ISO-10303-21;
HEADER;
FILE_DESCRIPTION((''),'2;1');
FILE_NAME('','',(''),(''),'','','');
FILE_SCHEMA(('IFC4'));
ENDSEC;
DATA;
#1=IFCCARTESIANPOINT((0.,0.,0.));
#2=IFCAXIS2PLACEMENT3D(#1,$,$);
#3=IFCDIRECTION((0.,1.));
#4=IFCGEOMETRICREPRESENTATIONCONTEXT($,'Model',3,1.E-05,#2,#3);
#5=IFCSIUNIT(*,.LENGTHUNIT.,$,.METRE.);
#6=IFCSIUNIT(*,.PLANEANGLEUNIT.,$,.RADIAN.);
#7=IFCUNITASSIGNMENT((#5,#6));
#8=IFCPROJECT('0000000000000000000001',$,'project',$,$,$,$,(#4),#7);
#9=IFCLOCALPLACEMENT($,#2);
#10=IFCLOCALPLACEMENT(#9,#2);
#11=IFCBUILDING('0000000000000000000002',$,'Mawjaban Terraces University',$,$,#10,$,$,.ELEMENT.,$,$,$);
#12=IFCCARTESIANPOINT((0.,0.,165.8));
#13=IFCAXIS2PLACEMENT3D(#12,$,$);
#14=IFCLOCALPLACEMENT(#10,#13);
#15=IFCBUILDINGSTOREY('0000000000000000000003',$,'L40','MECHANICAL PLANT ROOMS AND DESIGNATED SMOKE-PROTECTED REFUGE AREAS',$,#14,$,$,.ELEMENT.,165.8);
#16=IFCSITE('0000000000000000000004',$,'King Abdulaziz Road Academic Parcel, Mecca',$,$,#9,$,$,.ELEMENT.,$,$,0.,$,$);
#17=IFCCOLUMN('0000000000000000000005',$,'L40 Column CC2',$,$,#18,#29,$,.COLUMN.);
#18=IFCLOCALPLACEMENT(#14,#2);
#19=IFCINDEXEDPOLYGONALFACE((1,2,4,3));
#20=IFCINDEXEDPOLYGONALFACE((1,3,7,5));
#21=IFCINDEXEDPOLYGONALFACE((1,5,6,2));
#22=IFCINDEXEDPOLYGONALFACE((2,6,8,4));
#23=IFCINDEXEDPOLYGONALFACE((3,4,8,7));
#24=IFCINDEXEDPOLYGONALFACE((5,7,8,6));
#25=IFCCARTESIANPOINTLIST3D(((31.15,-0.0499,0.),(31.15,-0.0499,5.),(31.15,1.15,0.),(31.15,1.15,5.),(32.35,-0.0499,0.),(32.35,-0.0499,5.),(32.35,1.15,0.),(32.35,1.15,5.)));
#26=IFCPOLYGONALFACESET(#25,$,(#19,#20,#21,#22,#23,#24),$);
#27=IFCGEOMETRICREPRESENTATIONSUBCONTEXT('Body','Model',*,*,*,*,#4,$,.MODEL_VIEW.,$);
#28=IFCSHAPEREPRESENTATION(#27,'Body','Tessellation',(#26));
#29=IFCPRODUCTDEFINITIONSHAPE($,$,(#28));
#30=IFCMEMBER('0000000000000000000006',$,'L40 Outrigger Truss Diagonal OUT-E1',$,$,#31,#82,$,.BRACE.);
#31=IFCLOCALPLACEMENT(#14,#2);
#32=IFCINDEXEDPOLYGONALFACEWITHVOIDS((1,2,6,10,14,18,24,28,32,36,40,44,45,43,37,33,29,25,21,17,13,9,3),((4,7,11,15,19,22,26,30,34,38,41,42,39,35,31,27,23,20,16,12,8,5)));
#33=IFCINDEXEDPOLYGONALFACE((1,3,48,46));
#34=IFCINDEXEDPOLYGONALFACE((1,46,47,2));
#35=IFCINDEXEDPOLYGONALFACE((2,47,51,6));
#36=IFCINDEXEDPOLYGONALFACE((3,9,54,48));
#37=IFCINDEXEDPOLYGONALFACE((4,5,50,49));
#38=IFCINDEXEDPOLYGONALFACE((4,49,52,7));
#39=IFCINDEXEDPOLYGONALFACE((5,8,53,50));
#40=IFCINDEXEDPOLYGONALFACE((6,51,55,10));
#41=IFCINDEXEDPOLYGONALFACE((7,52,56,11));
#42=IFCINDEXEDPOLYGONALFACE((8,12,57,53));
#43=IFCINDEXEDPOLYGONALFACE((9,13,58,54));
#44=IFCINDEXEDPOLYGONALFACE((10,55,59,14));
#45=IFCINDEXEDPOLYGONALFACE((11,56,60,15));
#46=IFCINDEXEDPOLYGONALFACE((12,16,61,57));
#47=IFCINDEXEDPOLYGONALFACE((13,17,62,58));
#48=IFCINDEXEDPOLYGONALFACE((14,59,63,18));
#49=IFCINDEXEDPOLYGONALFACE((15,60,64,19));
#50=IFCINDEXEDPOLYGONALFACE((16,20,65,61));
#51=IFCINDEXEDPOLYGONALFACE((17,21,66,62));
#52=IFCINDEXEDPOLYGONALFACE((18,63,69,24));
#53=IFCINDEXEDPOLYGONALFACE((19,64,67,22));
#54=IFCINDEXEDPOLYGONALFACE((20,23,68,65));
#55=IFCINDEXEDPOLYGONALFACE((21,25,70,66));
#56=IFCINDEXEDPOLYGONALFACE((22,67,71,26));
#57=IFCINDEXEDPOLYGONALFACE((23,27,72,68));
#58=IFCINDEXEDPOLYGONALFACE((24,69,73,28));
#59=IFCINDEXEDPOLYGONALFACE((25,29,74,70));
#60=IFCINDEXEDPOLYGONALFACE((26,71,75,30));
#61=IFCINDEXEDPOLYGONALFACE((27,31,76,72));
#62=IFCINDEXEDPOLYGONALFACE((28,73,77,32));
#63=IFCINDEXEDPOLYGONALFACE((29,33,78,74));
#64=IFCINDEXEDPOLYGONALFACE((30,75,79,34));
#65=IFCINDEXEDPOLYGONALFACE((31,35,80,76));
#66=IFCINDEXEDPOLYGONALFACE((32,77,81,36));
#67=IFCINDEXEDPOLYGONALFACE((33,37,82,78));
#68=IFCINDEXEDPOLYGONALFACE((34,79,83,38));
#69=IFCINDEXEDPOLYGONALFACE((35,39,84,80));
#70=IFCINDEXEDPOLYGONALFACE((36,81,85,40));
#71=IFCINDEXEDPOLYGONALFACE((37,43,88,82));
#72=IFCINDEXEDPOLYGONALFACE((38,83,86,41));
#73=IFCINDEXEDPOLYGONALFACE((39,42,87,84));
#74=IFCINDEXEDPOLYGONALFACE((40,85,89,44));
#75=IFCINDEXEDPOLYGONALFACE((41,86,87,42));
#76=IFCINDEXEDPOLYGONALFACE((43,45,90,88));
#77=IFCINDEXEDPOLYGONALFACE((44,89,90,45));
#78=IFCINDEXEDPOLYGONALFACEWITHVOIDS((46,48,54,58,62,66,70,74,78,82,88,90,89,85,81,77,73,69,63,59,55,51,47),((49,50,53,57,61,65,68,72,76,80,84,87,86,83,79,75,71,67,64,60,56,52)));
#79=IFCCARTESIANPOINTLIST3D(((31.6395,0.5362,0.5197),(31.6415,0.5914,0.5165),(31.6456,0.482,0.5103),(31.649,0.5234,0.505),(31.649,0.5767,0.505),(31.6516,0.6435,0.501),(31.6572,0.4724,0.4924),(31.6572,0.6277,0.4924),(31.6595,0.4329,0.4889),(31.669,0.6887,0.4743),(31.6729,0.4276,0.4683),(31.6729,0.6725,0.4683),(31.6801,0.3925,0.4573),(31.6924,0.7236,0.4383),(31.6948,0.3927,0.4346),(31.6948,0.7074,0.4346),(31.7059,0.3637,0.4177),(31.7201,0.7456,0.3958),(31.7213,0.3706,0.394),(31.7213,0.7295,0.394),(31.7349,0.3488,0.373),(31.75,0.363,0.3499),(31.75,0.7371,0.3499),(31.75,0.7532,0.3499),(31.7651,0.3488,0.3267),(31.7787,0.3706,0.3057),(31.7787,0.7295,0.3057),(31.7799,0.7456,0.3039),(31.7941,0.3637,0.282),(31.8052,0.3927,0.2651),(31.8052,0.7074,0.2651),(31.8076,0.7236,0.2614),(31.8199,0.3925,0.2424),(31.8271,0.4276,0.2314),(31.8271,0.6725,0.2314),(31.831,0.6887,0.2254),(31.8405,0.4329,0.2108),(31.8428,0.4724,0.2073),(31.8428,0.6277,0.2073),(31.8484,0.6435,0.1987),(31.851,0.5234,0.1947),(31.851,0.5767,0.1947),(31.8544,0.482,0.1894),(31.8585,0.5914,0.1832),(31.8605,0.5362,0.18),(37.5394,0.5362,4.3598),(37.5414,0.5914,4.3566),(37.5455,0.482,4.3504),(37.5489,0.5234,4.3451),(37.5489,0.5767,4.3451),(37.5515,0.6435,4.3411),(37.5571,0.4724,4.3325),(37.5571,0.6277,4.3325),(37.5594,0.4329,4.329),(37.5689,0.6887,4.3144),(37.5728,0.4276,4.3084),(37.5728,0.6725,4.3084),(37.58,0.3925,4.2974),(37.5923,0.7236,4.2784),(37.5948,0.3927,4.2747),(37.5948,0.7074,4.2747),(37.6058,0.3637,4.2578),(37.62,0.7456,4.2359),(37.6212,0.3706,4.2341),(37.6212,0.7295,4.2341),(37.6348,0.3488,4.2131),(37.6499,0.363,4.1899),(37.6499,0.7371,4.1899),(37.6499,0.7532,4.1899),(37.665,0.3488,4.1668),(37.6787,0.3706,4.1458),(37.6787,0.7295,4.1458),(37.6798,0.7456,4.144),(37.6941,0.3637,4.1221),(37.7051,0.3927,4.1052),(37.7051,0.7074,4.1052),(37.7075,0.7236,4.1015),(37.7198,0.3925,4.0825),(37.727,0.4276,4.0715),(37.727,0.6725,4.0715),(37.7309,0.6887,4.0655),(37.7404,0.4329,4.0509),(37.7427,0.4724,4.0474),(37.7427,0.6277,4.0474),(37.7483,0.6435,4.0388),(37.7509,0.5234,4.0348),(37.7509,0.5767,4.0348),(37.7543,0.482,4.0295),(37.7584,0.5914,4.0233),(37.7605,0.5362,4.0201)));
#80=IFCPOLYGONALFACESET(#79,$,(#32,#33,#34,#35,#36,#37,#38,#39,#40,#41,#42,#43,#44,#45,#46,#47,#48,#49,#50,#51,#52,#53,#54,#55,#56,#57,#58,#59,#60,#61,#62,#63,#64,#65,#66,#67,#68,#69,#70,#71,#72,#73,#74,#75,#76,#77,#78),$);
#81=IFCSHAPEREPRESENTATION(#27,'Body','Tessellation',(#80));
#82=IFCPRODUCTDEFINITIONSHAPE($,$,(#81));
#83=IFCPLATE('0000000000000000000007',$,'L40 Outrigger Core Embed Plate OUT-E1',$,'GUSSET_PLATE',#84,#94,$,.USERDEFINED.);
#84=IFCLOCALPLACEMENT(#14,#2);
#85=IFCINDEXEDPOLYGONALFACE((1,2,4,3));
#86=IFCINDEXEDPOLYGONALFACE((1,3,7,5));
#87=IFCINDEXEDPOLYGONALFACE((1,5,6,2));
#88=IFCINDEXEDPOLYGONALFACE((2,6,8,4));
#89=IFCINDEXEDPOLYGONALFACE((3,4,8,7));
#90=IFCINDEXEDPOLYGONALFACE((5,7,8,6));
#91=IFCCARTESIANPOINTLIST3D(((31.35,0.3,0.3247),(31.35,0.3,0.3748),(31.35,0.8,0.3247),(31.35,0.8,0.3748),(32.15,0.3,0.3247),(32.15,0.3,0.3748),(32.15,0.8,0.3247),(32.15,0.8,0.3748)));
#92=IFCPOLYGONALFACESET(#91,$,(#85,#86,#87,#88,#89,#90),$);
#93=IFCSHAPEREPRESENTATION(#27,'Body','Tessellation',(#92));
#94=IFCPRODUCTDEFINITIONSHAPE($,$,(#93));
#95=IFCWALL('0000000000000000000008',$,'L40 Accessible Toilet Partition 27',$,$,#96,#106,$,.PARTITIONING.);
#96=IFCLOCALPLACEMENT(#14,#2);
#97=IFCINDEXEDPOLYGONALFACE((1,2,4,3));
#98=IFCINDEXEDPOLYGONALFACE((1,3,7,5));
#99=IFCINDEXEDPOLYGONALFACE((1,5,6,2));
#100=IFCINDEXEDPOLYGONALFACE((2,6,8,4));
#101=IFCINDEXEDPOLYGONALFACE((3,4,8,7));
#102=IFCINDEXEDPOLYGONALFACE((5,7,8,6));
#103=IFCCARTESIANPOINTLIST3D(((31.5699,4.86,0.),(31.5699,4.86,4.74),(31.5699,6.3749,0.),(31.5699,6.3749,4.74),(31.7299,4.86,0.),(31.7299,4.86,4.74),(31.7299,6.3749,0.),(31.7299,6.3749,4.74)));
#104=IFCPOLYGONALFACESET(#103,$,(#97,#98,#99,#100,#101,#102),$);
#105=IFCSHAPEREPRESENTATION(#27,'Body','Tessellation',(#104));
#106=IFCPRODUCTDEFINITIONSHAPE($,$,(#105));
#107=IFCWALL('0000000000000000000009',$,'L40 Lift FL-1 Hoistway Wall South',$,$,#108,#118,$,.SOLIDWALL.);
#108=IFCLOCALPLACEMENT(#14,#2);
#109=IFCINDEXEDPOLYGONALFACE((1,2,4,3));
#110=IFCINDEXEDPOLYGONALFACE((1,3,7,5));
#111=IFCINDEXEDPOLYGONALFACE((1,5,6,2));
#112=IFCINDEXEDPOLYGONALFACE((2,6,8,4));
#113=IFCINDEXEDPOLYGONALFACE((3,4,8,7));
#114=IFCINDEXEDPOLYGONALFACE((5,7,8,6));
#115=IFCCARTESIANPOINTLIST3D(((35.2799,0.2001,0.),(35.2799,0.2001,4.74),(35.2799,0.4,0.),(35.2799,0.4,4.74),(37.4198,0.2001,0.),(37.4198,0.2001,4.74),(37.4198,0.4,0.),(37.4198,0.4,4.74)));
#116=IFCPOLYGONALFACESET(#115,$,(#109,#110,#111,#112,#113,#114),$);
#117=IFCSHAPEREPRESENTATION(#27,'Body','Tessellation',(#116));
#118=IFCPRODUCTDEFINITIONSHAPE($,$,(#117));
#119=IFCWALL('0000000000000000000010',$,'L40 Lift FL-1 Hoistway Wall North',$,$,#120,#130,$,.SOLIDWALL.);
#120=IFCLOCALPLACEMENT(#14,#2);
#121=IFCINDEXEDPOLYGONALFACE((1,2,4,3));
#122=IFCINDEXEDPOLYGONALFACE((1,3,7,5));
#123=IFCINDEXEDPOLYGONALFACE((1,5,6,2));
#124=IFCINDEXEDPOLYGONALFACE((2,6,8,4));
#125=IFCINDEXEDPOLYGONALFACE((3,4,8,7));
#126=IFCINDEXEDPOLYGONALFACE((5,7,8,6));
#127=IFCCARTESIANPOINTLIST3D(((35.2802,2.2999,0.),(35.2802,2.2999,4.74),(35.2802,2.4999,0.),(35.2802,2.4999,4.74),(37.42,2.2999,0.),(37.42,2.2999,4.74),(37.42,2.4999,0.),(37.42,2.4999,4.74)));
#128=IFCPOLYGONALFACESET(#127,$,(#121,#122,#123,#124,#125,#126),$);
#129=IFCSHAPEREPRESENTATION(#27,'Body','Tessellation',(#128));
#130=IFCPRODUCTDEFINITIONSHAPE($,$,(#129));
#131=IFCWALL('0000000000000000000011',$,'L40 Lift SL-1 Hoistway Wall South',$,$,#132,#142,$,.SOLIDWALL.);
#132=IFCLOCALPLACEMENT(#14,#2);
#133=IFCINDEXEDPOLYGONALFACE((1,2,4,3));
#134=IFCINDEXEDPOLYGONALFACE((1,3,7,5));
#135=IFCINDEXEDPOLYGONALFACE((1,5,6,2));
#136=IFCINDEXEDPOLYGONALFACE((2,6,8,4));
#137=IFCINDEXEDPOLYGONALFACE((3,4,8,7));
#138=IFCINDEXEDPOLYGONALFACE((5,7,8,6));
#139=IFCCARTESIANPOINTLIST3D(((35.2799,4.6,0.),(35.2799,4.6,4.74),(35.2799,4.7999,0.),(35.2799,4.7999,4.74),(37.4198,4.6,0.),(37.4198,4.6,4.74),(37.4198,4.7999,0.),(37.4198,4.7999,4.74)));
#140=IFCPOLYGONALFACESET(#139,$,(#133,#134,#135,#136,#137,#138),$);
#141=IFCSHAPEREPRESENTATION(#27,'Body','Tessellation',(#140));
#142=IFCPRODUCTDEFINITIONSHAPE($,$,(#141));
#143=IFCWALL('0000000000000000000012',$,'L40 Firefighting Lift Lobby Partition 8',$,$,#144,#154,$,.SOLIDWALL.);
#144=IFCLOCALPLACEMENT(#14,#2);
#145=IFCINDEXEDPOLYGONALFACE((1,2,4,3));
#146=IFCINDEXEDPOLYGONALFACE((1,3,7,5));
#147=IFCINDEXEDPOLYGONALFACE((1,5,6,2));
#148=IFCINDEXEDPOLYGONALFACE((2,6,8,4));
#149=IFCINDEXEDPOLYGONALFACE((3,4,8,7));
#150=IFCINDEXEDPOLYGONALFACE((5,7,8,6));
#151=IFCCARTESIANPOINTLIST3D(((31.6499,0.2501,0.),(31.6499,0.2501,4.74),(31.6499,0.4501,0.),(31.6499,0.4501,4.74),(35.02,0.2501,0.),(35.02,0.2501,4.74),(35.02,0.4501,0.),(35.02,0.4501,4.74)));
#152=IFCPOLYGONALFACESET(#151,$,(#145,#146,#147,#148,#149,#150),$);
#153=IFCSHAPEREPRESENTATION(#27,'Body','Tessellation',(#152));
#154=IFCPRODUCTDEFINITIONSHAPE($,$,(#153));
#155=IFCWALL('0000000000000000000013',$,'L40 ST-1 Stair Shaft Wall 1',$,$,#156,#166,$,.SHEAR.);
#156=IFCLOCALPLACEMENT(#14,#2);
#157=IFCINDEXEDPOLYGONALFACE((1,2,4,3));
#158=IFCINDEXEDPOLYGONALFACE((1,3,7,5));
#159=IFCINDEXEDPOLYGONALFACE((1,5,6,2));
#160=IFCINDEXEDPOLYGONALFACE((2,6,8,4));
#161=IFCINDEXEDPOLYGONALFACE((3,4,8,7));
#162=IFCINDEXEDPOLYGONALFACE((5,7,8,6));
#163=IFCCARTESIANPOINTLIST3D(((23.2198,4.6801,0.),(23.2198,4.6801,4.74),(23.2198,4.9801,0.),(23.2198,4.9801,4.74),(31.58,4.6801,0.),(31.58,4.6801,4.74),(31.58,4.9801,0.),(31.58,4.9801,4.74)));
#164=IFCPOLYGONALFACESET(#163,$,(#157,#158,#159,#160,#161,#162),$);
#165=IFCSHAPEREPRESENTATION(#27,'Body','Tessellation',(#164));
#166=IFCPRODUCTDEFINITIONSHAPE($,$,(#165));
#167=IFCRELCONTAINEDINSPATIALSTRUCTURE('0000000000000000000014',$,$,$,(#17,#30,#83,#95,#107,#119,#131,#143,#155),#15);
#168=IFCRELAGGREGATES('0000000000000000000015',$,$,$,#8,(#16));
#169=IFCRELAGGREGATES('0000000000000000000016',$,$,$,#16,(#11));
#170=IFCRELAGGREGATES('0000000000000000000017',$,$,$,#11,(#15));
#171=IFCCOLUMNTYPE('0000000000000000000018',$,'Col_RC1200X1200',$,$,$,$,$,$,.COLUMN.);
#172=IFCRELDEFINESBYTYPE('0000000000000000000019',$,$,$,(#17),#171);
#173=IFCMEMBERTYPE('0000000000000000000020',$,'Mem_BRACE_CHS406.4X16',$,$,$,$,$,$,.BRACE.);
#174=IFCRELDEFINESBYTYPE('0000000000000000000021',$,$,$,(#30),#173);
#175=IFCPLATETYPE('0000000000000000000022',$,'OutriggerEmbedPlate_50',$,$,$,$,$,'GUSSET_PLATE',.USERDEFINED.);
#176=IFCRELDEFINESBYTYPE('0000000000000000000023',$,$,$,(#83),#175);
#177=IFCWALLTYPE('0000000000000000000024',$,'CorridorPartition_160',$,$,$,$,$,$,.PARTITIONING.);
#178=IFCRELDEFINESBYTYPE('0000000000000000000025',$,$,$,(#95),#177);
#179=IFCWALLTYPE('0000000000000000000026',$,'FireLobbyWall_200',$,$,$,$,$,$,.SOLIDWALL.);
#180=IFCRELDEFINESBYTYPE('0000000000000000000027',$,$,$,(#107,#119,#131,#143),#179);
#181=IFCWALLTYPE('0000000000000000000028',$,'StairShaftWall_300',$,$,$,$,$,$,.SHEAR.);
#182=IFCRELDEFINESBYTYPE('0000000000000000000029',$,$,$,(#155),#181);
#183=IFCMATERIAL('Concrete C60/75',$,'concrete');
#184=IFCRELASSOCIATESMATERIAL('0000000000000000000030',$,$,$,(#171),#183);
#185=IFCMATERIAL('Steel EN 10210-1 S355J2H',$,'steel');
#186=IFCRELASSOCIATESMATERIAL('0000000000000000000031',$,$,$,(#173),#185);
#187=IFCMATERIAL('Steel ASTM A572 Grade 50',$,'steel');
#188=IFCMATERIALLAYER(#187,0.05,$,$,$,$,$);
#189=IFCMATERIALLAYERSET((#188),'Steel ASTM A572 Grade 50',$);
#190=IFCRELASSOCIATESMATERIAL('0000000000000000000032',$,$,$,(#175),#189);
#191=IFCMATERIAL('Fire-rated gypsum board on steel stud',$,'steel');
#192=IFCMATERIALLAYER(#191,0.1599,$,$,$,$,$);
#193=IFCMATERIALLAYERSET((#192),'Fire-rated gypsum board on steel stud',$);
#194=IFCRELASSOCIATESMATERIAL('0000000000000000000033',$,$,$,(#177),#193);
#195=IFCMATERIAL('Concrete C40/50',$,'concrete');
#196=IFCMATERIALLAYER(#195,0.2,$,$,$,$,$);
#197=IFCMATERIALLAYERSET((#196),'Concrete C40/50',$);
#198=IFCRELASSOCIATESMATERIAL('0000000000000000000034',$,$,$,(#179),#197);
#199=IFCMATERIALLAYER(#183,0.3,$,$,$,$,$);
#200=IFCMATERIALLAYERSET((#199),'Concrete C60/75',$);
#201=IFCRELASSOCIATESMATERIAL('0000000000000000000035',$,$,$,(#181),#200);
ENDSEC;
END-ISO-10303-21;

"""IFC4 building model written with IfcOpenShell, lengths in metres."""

from ifc_helpers import new_model, si_unit, direction, frame, frame_2d, origin, origin_2d, place, context, subcontext, project, spatial, rectangle, hollow_circle, extrude, material, layer, layer_set, material_profile, profile_set, type_object, element, save


model = new_model("IFC4")

# Units and contexts
model_context = context("Model", 3, precision=1e-05, world=origin(), true_north=direction((0.0, 1.0)))
body_context = subcontext(model_context, "Body", "Model", "MODEL_VIEW")
ifc_project = project(units=[si_unit("LENGTHUNIT", "METRE"), si_unit("PLANEANGLEUNIT", "RADIAN")], contexts=[model_context])

# Site, building, storey
site_placement = place(None, origin())
site = spatial("IfcSite", under=ifc_project, at=site_placement, Name="King Abdulaziz Road Academic Parcel, Mecca", CompositionType="ELEMENT", RefElevation=0.0)
building_placement = place(site_placement, origin())
building = spatial("IfcBuilding", under=site, at=building_placement, Name="Mawjaban Terraces University", CompositionType="ELEMENT")
storey_placement = place(building_placement, frame((0.0, 0.0, 165.8)))
storey = spatial("IfcBuildingStorey", under=building, at=storey_placement, Name="L40", Description="MECHANICAL PLANT ROOMS AND DESIGNATED SMOKE-PROTECTED REFUGE AREAS", CompositionType="ELEMENT", Elevation=165.8)

# Column
ifc_material_1 = material(Name="Concrete C60/75", Category="concrete")
ifc_material_profile_1 = material_profile(ifc_material_1, rectangle(XDim=1.2, YDim=1.2, at=origin_2d()), Name="RC1200X1200")
ifc_profile_set_1 = profile_set([ifc_material_profile_1], Name="Concrete C60/75")
column_type = type_object("IfcColumnType", Name="Col_RC1200X1200", PredefinedType="COLUMN", material=ifc_profile_set_1)
column_placement = place(storey_placement, frame((31.75, 0.55, 0.0), z_axis=(0.0, 0.0, 1.0), x_axis=(1.0, 0.0, 0.0)))
element("IfcColumn", 1, at=column_placement, inside=storey, type_object=column_type, Name="L40 Column CC2", PredefinedType="COLUMN", context=body_context, shape_type="SweptSolid", body=[
    extrude(rectangle(XDim=1.2, YDim=1.2, at=origin_2d()), origin(), (0.0, 0.0, 1.0), 5.0),
])

# Member
ifc_material_2 = material(Name="Steel EN 10210-1 S355J2H", Category="steel")
ifc_material_profile_2 = material_profile(ifc_material_2, hollow_circle(Radius=0.2031, WallThickness=0.0161, at=origin_2d()), Name="CHS406.4X16")
ifc_profile_set_2 = profile_set([ifc_material_profile_2], Name="Steel EN 10210-1 S355J2H")
member_type = type_object("IfcMemberType", Name="Mem_BRACE_CHS406.4X16", PredefinedType="BRACE", material=ifc_profile_set_2)
member_placement = place(storey_placement, frame((31.75, 0.55, 0.3499), z_axis=(0.838109, 0.0, 0.545503), x_axis=(0.0, 1.0, 0.0)))
element("IfcMember", 2, at=member_placement, inside=storey, type_object=member_type, Name="L40 Outrigger Truss Diagonal OUT-E1", PredefinedType="BRACE", context=body_context, shape_type="SweptSolid", body=[
    extrude(hollow_circle(Radius=0.2031, WallThickness=0.0161, at=origin_2d()), origin(), (0.0, 0.0, 1.0), 7.0396),
])

# Plate
ifc_material_3 = material(Name="Steel ASTM A572 Grade 50", Category="steel")
ifc_layer_1 = layer(ifc_material_3, 0.05)
ifc_layer_set_1 = layer_set([ifc_layer_1], Name="Steel ASTM A572 Grade 50")
plate_type = type_object("IfcPlateType", Name="OutriggerEmbedPlate_50", ElementType="GUSSET_PLATE", PredefinedType="USERDEFINED", material=ifc_layer_set_1)
plate_placement = place(storey_placement, frame((31.75, 0.55, 0.3247), z_axis=(0.0, 0.0, 1.0), x_axis=(1.0, 0.0, 0.0)))
element("IfcPlate", 3, at=plate_placement, inside=storey, type_object=plate_type, Name="L40 Outrigger Core Embed Plate OUT-E1", ObjectType="GUSSET_PLATE", PredefinedType="USERDEFINED", context=body_context, shape_type="SweptSolid", body=[
    extrude(rectangle(XDim=0.8, YDim=0.5, at=origin_2d()), origin(), (0.0, 0.0, 1.0), 0.05),
])

# Wall
ifc_material_4 = material(Name="Fire-rated gypsum board on steel stud", Category="steel")
ifc_layer_2 = layer(ifc_material_4, 0.1599)
ifc_layer_set_2 = layer_set([ifc_layer_2], Name="Fire-rated gypsum board on steel stud")
wall_type_1 = type_object("IfcWallType", Name="CorridorPartition_160", PredefinedType="PARTITIONING", material=ifc_layer_set_2)
wall_1_placement = place(storey_placement, frame((31.6499, 4.8601, 0.0), z_axis=(0.0, 0.0, 1.0), x_axis=(0.0, 1.0, 0.0)))
element("IfcWall", 4, at=wall_1_placement, inside=storey, type_object=wall_type_1, Name="L40 Accessible Toilet Partition 27", PredefinedType="PARTITIONING", context=body_context, shape_type="SweptSolid", body=[
    extrude(rectangle(XDim=1.5149, YDim=0.1599, at=frame_2d((0.7573, 0.0))), origin(), (0.0, 0.0, 1.0), 4.74),
])

# Shared definitions
ifc_material_5 = material(Name="Concrete C40/50", Category="concrete")
ifc_layer_3 = layer(ifc_material_5, 0.2)
ifc_layer_set_3 = layer_set([ifc_layer_3], Name="Concrete C40/50")
wall_type_2 = type_object("IfcWallType", Name="FireLobbyWall_200", PredefinedType="SOLIDWALL", material=ifc_layer_set_3)

# Walls
for number, where, z_axis, x_axis, name in (
    (5, (35.28, 0.3, 0.0), (0.0, 0.0, 1.0), (1.0, 0.0, 0.0), "L40 Lift FL-1 Hoistway Wall South"),
    (6, (37.4199, 2.3999, 0.0), (0.0, 0.0, 1.0), (-1.0, 0.0, 0.0), "L40 Lift FL-1 Hoistway Wall North"),
):
    element("IfcWall", number, at=place(storey_placement, frame(where, z_axis=z_axis, x_axis=x_axis)), inside=storey, type_object=wall_type_2, Name=name, PredefinedType="SOLIDWALL", context=body_context, shape_type="SweptSolid", body=[
        extrude(rectangle(XDim=2.1399, YDim=0.2, at=frame_2d((1.0698, 0.0))), origin(), (0.0, 0.0, 1.0), 4.74),
    ])

# Walls
wall_2_placement = place(storey_placement, frame((35.28, 4.7, 0.0), z_axis=(0.0, 0.0, 1.0), x_axis=(1.0, 0.0, 0.0)))
element("IfcWall", 7, at=wall_2_placement, inside=storey, type_object=wall_type_2, Name="L40 Lift SL-1 Hoistway Wall South", PredefinedType="SOLIDWALL", context=body_context, shape_type="SweptSolid", body=[
    extrude(rectangle(XDim=2.1399, YDim=0.2, at=frame_2d((1.0698, 0.0))), origin(), (0.0, 0.0, 1.0), 4.74),
])
wall_3_placement = place(storey_placement, frame((31.6499, 0.3501, 0.0), z_axis=(0.0, 0.0, 1.0), x_axis=(1.0, 0.0, 0.0)))
element("IfcWall", 8, at=wall_3_placement, inside=storey, type_object=wall_type_2, Name="L40 Firefighting Lift Lobby Partition 8", PredefinedType="SOLIDWALL", context=body_context, shape_type="SweptSolid", body=[
    extrude(rectangle(XDim=3.3701, YDim=0.2, at=frame_2d((1.6851, 0.0))), origin(), (0.0, 0.0, 1.0), 4.74),
])

# Wall
ifc_layer_4 = layer(ifc_material_1, 0.3)
ifc_layer_set_4 = layer_set([ifc_layer_4], Name="Concrete C60/75")
wall_type_3 = type_object("IfcWallType", Name="StairShaftWall_300", PredefinedType="SHEAR", material=ifc_layer_set_4)
wall_4_placement = place(storey_placement, frame((31.5801, 4.8301, 0.0), z_axis=(0.0, 0.0, 1.0), x_axis=(-1.0, 0.0, 0.0)))
element("IfcWall", 9, at=wall_4_placement, inside=storey, type_object=wall_type_3, Name="L40 ST-1 Stair Shaft Wall 1", PredefinedType="SHEAR", context=body_context, shape_type="SweptSolid", body=[
    extrude(rectangle(XDim=8.3601, YDim=0.3, at=frame_2d((4.1802, 0.0))), origin(), (0.0, 0.0, 1.0), 4.74),
])

save(model, "model.ifc")
